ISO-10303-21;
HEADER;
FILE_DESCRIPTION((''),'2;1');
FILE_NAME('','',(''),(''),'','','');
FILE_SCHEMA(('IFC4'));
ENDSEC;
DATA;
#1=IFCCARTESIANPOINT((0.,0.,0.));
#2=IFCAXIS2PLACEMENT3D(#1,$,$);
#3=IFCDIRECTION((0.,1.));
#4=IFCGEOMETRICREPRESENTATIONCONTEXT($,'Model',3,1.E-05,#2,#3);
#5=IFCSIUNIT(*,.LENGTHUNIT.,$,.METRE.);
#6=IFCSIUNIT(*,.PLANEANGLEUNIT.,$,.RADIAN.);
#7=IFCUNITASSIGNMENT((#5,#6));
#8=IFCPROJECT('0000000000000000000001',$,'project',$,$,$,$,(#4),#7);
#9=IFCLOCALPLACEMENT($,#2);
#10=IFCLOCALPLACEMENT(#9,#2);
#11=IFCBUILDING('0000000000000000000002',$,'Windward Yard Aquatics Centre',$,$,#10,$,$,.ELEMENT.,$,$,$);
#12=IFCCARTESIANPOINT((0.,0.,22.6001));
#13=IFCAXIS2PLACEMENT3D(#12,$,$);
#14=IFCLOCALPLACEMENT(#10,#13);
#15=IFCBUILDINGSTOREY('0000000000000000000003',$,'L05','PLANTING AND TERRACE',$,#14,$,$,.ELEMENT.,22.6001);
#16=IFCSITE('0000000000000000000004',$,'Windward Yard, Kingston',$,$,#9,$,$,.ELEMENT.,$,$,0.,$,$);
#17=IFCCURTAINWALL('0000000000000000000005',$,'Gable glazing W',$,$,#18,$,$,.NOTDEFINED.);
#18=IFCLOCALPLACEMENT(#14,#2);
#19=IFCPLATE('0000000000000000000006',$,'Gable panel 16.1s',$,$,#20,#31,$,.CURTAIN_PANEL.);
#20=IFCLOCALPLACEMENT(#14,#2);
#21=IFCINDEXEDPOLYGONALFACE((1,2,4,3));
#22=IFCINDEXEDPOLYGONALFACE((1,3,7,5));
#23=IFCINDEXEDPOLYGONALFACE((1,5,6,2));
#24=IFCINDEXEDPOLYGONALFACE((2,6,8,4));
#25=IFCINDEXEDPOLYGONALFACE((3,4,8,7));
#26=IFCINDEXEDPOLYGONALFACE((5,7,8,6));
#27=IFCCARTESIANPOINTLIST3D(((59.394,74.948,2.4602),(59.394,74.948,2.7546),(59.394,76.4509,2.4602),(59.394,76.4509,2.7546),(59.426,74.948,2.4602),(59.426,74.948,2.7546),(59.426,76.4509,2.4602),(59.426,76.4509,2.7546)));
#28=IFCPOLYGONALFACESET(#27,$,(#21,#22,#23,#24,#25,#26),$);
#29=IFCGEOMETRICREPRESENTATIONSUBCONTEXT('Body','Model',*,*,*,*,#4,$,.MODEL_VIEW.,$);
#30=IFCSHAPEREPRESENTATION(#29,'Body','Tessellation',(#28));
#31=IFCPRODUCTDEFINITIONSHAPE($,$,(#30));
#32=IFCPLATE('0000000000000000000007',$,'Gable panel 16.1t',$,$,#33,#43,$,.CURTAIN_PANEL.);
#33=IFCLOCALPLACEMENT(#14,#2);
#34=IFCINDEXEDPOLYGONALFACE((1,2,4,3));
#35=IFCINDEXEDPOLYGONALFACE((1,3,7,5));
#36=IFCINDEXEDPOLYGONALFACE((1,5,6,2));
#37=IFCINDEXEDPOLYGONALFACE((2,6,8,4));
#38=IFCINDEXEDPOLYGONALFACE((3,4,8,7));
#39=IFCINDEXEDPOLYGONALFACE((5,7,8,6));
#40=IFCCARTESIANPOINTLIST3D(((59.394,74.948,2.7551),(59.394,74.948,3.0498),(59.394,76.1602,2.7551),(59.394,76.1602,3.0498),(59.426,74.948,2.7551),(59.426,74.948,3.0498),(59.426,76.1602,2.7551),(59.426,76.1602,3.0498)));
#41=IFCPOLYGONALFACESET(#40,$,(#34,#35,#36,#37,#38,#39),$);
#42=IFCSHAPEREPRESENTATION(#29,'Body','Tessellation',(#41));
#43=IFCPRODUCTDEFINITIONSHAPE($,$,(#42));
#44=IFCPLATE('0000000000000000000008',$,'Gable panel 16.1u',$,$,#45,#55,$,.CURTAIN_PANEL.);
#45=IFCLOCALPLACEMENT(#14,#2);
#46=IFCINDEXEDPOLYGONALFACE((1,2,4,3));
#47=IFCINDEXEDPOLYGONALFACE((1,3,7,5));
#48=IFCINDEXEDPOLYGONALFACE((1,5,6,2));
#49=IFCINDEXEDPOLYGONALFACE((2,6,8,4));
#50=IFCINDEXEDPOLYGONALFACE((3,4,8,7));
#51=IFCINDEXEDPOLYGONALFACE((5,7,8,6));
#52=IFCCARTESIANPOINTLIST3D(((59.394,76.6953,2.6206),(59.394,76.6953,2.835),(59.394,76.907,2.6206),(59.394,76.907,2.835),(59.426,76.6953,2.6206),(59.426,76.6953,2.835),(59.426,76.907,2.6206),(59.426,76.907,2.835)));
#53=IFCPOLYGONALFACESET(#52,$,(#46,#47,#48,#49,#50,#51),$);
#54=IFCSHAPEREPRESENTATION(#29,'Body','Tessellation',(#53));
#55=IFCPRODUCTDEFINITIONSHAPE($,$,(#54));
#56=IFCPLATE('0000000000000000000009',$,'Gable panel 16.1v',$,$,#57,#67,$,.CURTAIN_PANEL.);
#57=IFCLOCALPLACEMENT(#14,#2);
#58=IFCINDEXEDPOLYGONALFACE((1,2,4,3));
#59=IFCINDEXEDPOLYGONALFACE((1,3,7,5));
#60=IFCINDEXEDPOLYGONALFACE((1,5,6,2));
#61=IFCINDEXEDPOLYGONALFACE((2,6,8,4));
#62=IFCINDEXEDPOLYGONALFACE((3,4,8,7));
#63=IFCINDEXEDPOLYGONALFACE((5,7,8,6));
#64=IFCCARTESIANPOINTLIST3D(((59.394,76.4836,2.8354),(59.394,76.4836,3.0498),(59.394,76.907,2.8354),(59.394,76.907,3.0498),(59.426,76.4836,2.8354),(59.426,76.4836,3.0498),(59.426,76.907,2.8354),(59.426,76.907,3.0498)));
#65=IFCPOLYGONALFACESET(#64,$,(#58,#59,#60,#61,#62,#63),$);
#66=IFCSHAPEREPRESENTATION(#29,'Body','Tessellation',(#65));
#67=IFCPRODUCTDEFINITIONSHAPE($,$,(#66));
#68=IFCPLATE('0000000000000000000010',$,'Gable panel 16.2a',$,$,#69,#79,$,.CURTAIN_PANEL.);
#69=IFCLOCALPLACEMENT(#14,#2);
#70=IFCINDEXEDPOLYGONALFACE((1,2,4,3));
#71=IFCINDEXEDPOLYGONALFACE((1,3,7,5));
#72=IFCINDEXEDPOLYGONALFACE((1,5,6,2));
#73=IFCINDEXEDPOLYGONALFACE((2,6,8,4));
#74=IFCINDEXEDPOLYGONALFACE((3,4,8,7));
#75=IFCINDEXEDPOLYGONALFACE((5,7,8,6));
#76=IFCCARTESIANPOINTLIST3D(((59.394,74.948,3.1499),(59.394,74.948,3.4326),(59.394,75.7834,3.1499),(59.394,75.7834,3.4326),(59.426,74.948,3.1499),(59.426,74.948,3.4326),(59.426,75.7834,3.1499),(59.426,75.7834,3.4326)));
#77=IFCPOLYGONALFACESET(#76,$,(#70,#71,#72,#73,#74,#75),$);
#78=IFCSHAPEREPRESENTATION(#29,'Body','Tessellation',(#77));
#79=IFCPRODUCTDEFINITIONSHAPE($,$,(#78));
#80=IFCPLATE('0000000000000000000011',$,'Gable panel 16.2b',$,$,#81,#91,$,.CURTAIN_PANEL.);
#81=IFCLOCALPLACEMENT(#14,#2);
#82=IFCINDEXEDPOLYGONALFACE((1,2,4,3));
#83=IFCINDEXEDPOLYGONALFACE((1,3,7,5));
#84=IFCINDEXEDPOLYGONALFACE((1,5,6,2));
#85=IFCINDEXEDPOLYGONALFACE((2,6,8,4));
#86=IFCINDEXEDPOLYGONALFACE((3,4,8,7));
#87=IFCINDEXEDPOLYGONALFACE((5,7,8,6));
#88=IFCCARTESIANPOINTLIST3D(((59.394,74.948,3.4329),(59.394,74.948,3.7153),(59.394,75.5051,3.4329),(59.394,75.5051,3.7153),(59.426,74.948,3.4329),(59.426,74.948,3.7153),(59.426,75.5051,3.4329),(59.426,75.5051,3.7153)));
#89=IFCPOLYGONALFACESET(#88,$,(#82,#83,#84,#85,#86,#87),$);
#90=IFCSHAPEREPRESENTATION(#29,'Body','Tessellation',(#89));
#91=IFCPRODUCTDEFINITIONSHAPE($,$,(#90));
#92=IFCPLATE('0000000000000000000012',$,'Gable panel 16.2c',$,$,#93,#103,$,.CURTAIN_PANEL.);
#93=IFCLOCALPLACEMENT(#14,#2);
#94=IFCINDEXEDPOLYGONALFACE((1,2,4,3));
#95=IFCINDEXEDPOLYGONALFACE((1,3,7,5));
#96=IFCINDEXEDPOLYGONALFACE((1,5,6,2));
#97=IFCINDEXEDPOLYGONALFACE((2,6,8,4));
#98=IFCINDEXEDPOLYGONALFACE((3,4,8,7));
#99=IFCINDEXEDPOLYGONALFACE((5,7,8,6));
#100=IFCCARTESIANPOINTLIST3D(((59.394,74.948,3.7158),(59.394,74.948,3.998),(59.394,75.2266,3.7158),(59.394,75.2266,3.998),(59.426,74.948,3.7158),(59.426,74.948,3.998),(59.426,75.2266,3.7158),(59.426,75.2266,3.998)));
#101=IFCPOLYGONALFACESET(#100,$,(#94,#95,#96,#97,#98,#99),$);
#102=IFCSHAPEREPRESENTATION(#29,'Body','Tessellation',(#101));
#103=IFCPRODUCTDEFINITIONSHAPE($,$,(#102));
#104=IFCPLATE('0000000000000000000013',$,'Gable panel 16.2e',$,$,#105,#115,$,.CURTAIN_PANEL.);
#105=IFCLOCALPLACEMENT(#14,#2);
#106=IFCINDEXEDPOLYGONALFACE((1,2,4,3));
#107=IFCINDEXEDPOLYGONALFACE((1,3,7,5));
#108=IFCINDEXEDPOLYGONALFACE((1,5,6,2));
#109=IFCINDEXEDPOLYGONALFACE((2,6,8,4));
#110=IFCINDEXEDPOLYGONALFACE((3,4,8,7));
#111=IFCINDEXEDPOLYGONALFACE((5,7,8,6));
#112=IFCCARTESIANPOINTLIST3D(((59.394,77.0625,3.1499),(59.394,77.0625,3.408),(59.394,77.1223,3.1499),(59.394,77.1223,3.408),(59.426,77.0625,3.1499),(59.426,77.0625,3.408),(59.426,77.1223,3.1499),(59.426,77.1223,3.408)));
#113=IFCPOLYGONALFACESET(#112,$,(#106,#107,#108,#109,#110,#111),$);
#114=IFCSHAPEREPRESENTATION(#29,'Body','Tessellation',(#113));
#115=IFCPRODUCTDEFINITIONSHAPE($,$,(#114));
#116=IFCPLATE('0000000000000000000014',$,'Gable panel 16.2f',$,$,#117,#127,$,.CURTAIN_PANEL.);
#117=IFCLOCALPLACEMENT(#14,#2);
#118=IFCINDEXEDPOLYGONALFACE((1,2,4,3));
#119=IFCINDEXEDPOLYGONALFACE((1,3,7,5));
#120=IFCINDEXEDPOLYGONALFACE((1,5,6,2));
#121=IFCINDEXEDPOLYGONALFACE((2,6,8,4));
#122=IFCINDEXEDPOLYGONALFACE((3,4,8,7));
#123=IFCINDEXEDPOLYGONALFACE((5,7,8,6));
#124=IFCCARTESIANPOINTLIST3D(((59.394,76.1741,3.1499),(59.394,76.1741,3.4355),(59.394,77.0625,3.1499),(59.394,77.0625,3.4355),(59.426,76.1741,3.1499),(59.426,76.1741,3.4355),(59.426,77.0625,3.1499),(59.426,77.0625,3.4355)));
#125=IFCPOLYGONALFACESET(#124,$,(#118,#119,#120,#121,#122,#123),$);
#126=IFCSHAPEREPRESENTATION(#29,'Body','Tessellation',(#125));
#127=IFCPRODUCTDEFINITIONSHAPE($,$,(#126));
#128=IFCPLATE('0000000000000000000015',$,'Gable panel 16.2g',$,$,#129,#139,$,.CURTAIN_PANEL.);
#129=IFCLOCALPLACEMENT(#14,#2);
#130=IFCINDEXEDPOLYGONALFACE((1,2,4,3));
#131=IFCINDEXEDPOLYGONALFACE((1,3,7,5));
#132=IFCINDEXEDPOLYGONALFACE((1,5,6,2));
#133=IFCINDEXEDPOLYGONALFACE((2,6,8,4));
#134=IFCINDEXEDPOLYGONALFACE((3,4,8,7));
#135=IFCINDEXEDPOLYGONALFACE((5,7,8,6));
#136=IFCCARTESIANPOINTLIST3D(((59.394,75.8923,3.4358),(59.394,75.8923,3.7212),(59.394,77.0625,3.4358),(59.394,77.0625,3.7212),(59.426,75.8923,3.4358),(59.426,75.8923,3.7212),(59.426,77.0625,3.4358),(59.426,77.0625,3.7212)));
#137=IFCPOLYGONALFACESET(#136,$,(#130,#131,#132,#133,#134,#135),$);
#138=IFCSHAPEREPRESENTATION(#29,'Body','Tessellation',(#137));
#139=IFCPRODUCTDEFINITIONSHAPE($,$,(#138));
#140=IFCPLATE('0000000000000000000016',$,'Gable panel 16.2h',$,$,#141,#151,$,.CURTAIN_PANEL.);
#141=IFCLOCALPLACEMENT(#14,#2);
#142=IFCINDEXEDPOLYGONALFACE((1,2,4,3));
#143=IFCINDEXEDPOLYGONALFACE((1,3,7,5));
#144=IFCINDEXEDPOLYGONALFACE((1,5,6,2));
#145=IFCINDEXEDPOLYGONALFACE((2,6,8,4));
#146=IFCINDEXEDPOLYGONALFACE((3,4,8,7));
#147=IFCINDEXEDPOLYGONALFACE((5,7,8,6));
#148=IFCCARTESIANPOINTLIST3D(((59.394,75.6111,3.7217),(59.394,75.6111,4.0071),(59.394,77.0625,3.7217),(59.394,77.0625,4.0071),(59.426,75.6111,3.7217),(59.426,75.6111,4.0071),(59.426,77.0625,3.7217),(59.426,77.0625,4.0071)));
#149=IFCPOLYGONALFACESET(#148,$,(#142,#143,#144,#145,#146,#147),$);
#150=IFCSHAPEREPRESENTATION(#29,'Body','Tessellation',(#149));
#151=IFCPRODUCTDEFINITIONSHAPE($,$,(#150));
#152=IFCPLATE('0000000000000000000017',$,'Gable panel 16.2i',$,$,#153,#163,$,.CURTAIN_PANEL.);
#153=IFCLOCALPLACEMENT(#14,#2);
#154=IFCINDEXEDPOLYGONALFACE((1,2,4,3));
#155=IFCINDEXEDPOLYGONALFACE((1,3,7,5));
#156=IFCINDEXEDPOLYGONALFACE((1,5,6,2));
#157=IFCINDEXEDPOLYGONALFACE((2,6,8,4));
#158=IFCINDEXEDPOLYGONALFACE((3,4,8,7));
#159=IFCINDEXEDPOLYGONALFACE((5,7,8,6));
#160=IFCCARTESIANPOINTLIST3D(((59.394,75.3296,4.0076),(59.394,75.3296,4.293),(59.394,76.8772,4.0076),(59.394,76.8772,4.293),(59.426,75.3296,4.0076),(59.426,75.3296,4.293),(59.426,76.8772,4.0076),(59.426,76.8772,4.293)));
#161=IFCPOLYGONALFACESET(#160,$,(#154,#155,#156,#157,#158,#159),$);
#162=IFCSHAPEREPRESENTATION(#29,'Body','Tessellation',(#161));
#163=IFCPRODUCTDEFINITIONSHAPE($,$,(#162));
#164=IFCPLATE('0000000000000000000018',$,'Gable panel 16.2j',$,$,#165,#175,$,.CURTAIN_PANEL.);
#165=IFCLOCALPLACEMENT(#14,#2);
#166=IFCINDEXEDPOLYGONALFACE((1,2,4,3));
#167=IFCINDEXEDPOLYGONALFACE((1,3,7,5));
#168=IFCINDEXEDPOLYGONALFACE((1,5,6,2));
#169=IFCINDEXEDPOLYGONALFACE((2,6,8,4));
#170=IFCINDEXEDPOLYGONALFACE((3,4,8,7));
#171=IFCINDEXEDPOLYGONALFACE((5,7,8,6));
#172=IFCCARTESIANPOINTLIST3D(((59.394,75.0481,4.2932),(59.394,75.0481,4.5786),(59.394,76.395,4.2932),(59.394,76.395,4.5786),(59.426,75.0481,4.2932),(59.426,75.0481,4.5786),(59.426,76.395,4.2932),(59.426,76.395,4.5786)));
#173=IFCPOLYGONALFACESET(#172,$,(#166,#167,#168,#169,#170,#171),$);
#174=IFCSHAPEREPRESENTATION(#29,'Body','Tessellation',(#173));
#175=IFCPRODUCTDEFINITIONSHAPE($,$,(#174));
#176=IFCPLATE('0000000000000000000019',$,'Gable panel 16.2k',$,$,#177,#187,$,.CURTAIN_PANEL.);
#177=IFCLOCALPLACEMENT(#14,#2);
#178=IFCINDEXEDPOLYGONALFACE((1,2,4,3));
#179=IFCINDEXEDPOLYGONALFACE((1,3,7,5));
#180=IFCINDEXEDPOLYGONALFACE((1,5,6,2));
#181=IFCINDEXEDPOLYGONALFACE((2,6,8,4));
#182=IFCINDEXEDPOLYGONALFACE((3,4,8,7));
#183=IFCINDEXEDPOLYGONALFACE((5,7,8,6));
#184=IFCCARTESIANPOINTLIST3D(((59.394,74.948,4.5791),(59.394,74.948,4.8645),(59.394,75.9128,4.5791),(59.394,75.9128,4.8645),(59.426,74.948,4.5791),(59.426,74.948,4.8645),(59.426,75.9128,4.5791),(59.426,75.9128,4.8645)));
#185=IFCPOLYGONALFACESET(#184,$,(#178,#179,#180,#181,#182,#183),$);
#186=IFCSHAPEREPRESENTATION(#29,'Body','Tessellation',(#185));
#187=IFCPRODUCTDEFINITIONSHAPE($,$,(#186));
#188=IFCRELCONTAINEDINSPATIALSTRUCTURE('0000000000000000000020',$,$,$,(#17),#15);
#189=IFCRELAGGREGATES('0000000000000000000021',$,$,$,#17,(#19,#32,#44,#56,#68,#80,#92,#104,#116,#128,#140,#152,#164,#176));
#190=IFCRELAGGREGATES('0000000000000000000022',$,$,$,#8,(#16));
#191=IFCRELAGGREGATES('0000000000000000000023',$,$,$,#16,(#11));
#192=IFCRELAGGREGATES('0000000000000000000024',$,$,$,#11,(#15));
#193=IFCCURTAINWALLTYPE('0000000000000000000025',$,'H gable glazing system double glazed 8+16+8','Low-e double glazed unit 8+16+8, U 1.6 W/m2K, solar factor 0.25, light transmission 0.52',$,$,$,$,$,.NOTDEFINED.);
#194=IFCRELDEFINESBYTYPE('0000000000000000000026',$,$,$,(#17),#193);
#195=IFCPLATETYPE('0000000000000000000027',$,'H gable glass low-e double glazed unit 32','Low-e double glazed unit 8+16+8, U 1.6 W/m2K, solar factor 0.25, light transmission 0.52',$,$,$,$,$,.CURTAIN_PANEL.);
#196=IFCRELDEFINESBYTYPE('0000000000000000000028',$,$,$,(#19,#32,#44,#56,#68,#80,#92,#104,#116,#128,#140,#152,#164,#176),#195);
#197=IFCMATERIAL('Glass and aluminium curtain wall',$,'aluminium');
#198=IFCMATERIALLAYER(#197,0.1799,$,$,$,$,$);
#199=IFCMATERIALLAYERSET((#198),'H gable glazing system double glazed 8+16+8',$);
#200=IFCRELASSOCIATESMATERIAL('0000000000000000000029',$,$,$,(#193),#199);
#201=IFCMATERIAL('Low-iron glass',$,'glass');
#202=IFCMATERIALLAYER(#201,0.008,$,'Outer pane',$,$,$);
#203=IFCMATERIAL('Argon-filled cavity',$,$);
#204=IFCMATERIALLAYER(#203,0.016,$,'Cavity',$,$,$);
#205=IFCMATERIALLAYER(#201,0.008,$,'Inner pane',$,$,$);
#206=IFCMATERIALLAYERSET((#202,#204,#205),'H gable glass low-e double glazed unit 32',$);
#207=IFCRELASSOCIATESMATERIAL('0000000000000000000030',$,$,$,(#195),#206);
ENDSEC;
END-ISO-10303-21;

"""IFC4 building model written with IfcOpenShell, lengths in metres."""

from ifc_helpers import new_model, si_unit, direction, frame, origin, place, context, subcontext, project, spatial, polyline, outline, extrude, material, layer, layer_set, type_object, element, aggregate, save


model = new_model("IFC4")

# Units and contexts
model_context = context("Model", 3, precision=1e-05, world=origin(), true_north=direction((0.0, 1.0)))
body_context = subcontext(model_context, "Body", "Model", "MODEL_VIEW")
ifc_project = project(units=[si_unit("LENGTHUNIT", "METRE"), si_unit("PLANEANGLEUNIT", "RADIAN")], contexts=[model_context])

# Site, building, storey
site_placement = place(None, origin())
site = spatial("IfcSite", under=ifc_project, at=site_placement, Name="Windward Yard, Kingston", CompositionType="ELEMENT", RefElevation=0.0)
building_placement = place(site_placement, origin())
building = spatial("IfcBuilding", under=site, at=building_placement, Name="Windward Yard Aquatics Centre", CompositionType="ELEMENT")
storey_placement = place(building_placement, frame((0.0, 0.0, 22.6001)))
storey = spatial("IfcBuildingStorey", under=building, at=storey_placement, Name="L05", Description="PLANTING AND TERRACE", CompositionType="ELEMENT", Elevation=22.6001)

# Curtain wall, plates
ifc_material_1 = material(Name="Glass and aluminium curtain wall", Category="aluminium")
ifc_layer_1 = layer(ifc_material_1, 0.1799)
ifc_layer_set_1 = layer_set([ifc_layer_1], Name="H gable glazing system double glazed 8+16+8")
curtain_wall_type = type_object("IfcCurtainWallType", Name="H gable glazing system double glazed 8+16+8", Description="Low-e double glazed unit 8+16+8, U 1.6 W/m2K, solar factor 0.25, light transmission 0.52", PredefinedType="NOTDEFINED", material=ifc_layer_set_1)
curtain_wall_placement = place(storey_placement, origin())
curtain_wall = element("IfcCurtainWall", 1, at=curtain_wall_placement, inside=storey, type_object=curtain_wall_type, Name="Gable glazing W", PredefinedType="NOTDEFINED")
ifc_material_2 = material(Name="Low-iron glass", Category="glass")
ifc_layer_2 = layer(ifc_material_2, 0.008, Name="Outer pane")
ifc_material_3 = material(Name="Argon-filled cavity")
ifc_layer_3 = layer(ifc_material_3, 0.016, Name="Cavity")
ifc_layer_4 = layer(ifc_material_2, 0.008, Name="Inner pane")
ifc_layer_set_2 = layer_set([ifc_layer_2, ifc_layer_3, ifc_layer_4], Name="H gable glass low-e double glazed unit 32")
plate_type = type_object("IfcPlateType", Name="H gable glass low-e double glazed unit 32", Description="Low-e double glazed unit 8+16+8, U 1.6 W/m2K, solar factor 0.25, light transmission 0.52", PredefinedType="CURTAIN_PANEL", material=ifc_layer_set_2)
plate_1_placement = place(storey_placement, frame((59.426, 74.948, 2.4602), z_axis=(1.0, 0.0, 0.0), x_axis=(0.0, 1.0, 0.0)))
plate_1 = element("IfcPlate", 2, at=plate_1_placement, type_object=plate_type, Name="Gable panel 16.1s", PredefinedType="CURTAIN_PANEL", context=body_context, shape_type="SweptSolid", body=[
    extrude(outline(polyline([(0.0, 0.0), (1.5029, 0.0), (1.5029, 0.2944), (0.0, 0.2944), (0.0, 0.0)])), origin(), (0.0, 0.0, -1.0), 0.032),
])
plate_2_placement = place(storey_placement, frame((59.426, 74.948, 2.7551), z_axis=(1.0, 0.0, 0.0), x_axis=(0.0, 1.0, 0.0)))
plate_2 = element("IfcPlate", 3, at=plate_2_placement, type_object=plate_type, Name="Gable panel 16.1t", PredefinedType="CURTAIN_PANEL", context=body_context, shape_type="SweptSolid", body=[
    extrude(outline(polyline([(0.0, 0.0), (1.2122, 0.0), (1.2122, 0.2947), (0.0, 0.2947), (0.0, 0.0)])), origin(), (0.0, 0.0, -1.0), 0.032),
])
plate_3_placement = place(storey_placement, frame((59.426, 76.6953, 2.6206), z_axis=(1.0, 0.0, 0.0), x_axis=(0.0, 1.0, 0.0)))
plate_3 = element("IfcPlate", 4, at=plate_3_placement, type_object=plate_type, Name="Gable panel 16.1u", PredefinedType="CURTAIN_PANEL", context=body_context, shape_type="SweptSolid", body=[
    extrude(outline(polyline([(0.0, 0.0), (0.2117, 0.0), (0.2117, 0.2144), (0.0, 0.2144), (0.0, 0.0)])), origin(), (0.0, 0.0, -1.0), 0.032),
])
plate_4_placement = place(storey_placement, frame((59.426, 76.4836, 2.8354), z_axis=(1.0, 0.0, 0.0), x_axis=(0.0, 1.0, 0.0)))
plate_4 = element("IfcPlate", 5, at=plate_4_placement, type_object=plate_type, Name="Gable panel 16.1v", PredefinedType="CURTAIN_PANEL", context=body_context, shape_type="SweptSolid", body=[
    extrude(outline(polyline([(0.0, 0.0), (0.4233, 0.0), (0.4233, 0.2144), (0.0, 0.2144), (0.0, 0.0)])), origin(), (0.0, 0.0, -1.0), 0.032),
])
plate_5_placement = place(storey_placement, frame((59.426, 74.948, 3.1499), z_axis=(1.0, 0.0, 0.0), x_axis=(0.0, 1.0, 0.0)))
plate_5 = element("IfcPlate", 6, at=plate_5_placement, type_object=plate_type, Name="Gable panel 16.2a", PredefinedType="CURTAIN_PANEL", context=body_context, shape_type="SweptSolid", body=[
    extrude(outline(polyline([(0.0, 0.0), (0.8354, 0.0), (0.8354, 0.2827), (0.0, 0.2827), (0.0, 0.0)])), origin(), (0.0, 0.0, -1.0), 0.032),
])
plate_6_placement = place(storey_placement, frame((59.426, 74.948, 3.4329), z_axis=(1.0, 0.0, 0.0), x_axis=(0.0, 1.0, 0.0)))
plate_6 = element("IfcPlate", 7, at=plate_6_placement, type_object=plate_type, Name="Gable panel 16.2b", PredefinedType="CURTAIN_PANEL", context=body_context, shape_type="SweptSolid", body=[
    extrude(outline(polyline([(0.0, 0.0), (0.5571, 0.0), (0.5571, 0.2825), (0.0, 0.2825), (0.0, 0.0)])), origin(), (0.0, 0.0, -1.0), 0.032),
])
plate_7_placement = place(storey_placement, frame((59.426, 74.948, 3.7158), z_axis=(1.0, 0.0, 0.0), x_axis=(0.0, 1.0, 0.0)))
plate_7 = element("IfcPlate", 8, at=plate_7_placement, type_object=plate_type, Name="Gable panel 16.2c", PredefinedType="CURTAIN_PANEL", context=body_context, shape_type="SweptSolid", body=[
    extrude(outline(polyline([(0.0, 0.0), (0.2786, 0.0), (0.2786, 0.2822), (0.0, 0.2822), (0.0, 0.0)])), origin(), (0.0, 0.0, -1.0), 0.032),
])
plate_8_placement = place(storey_placement, frame((59.426, 77.0625, 3.1499), z_axis=(1.0, 0.0, 0.0), x_axis=(0.0, 1.0, 0.0)))
plate_8 = element("IfcPlate", 9, at=plate_8_placement, type_object=plate_type, Name="Gable panel 16.2e", PredefinedType="CURTAIN_PANEL", context=body_context, shape_type="SweptSolid", body=[
    extrude(outline(polyline([(0.0, 0.0), (0.0598, 0.0), (0.0598, 0.2581), (0.0, 0.2581), (0.0, 0.0)])), origin(), (0.0, 0.0, -1.0), 0.032),
])
plate_9_placement = place(storey_placement, frame((59.426, 76.1741, 3.1499), z_axis=(1.0, 0.0, 0.0), x_axis=(0.0, 1.0, 0.0)))
plate_9 = element("IfcPlate", 10, at=plate_9_placement, type_object=plate_type, Name="Gable panel 16.2f", PredefinedType="CURTAIN_PANEL", context=body_context, shape_type="SweptSolid", body=[
    extrude(outline(polyline([(0.0, 0.0), (0.8884, 0.0), (0.8884, 0.2856), (0.0, 0.2856), (0.0, 0.0)])), origin(), (0.0, 0.0, -1.0), 0.032),
])
plate_10_placement = place(storey_placement, frame((59.426, 75.8923, 3.4358), z_axis=(1.0, 0.0, 0.0), x_axis=(0.0, 1.0, 0.0)))
plate_10 = element("IfcPlate", 11, at=plate_10_placement, type_object=plate_type, Name="Gable panel 16.2g", PredefinedType="CURTAIN_PANEL", context=body_context, shape_type="SweptSolid", body=[
    extrude(outline(polyline([(0.0, 0.0), (1.1702, 0.0), (1.1702, 0.2854), (0.0, 0.2854), (0.0, 0.0)])), origin(), (0.0, 0.0, -1.0), 0.032),
])
plate_11_placement = place(storey_placement, frame((59.426, 75.6111, 3.7217), z_axis=(1.0, 0.0, 0.0), x_axis=(0.0, 1.0, 0.0)))
plate_11 = element("IfcPlate", 12, at=plate_11_placement, type_object=plate_type, Name="Gable panel 16.2h", PredefinedType="CURTAIN_PANEL", context=body_context, shape_type="SweptSolid", body=[
    extrude(outline(polyline([(0.0, 0.0), (1.4514, 0.0), (1.4514, 0.2854), (0.0, 0.2854), (0.0, 0.0)])), origin(), (0.0, 0.0, -1.0), 0.032),
])
plate_12_placement = place(storey_placement, frame((59.426, 75.3296, 4.0076), z_axis=(1.0, 0.0, 0.0), x_axis=(0.0, 1.0, 0.0)))
plate_12 = element("IfcPlate", 13, at=plate_12_placement, type_object=plate_type, Name="Gable panel 16.2i", PredefinedType="CURTAIN_PANEL", context=body_context, shape_type="SweptSolid", body=[
    extrude(outline(polyline([(0.0, 0.0), (1.5476, 0.0), (1.5476, 0.2854), (0.0, 0.2854), (0.0, 0.0)])), origin(), (0.0, 0.0, -1.0), 0.032),
])
plate_13_placement = place(storey_placement, frame((59.426, 75.0481, 4.2932), z_axis=(1.0, 0.0, 0.0), x_axis=(0.0, 1.0, 0.0)))
plate_13 = element("IfcPlate", 14, at=plate_13_placement, type_object=plate_type, Name="Gable panel 16.2j", PredefinedType="CURTAIN_PANEL", context=body_context, shape_type="SweptSolid", body=[
    extrude(outline(polyline([(0.0, 0.0), (1.3469, 0.0), (1.3469, 0.2854), (0.0, 0.2854), (0.0, 0.0)])), origin(), (0.0, 0.0, -1.0), 0.032),
])
plate_14_placement = place(storey_placement, frame((59.426, 74.948, 4.5791), z_axis=(1.0, 0.0, 0.0), x_axis=(0.0, 1.0, 0.0)))
plate_14 = element("IfcPlate", 15, at=plate_14_placement, type_object=plate_type, Name="Gable panel 16.2k", PredefinedType="CURTAIN_PANEL", context=body_context, shape_type="SweptSolid", body=[
    extrude(outline(polyline([(0.0, 0.0), (0.9648, 0.0), (0.9648, 0.2854), (0.0, 0.2854), (0.0, 0.0)])), origin(), (0.0, 0.0, -1.0), 0.032),
])
aggregate(curtain_wall, [plate_1, plate_2, plate_3, plate_4, plate_5, plate_6, plate_7, plate_8, plate_9, plate_10, plate_11, plate_12, plate_13, plate_14])

save(model, "model.ifc")
